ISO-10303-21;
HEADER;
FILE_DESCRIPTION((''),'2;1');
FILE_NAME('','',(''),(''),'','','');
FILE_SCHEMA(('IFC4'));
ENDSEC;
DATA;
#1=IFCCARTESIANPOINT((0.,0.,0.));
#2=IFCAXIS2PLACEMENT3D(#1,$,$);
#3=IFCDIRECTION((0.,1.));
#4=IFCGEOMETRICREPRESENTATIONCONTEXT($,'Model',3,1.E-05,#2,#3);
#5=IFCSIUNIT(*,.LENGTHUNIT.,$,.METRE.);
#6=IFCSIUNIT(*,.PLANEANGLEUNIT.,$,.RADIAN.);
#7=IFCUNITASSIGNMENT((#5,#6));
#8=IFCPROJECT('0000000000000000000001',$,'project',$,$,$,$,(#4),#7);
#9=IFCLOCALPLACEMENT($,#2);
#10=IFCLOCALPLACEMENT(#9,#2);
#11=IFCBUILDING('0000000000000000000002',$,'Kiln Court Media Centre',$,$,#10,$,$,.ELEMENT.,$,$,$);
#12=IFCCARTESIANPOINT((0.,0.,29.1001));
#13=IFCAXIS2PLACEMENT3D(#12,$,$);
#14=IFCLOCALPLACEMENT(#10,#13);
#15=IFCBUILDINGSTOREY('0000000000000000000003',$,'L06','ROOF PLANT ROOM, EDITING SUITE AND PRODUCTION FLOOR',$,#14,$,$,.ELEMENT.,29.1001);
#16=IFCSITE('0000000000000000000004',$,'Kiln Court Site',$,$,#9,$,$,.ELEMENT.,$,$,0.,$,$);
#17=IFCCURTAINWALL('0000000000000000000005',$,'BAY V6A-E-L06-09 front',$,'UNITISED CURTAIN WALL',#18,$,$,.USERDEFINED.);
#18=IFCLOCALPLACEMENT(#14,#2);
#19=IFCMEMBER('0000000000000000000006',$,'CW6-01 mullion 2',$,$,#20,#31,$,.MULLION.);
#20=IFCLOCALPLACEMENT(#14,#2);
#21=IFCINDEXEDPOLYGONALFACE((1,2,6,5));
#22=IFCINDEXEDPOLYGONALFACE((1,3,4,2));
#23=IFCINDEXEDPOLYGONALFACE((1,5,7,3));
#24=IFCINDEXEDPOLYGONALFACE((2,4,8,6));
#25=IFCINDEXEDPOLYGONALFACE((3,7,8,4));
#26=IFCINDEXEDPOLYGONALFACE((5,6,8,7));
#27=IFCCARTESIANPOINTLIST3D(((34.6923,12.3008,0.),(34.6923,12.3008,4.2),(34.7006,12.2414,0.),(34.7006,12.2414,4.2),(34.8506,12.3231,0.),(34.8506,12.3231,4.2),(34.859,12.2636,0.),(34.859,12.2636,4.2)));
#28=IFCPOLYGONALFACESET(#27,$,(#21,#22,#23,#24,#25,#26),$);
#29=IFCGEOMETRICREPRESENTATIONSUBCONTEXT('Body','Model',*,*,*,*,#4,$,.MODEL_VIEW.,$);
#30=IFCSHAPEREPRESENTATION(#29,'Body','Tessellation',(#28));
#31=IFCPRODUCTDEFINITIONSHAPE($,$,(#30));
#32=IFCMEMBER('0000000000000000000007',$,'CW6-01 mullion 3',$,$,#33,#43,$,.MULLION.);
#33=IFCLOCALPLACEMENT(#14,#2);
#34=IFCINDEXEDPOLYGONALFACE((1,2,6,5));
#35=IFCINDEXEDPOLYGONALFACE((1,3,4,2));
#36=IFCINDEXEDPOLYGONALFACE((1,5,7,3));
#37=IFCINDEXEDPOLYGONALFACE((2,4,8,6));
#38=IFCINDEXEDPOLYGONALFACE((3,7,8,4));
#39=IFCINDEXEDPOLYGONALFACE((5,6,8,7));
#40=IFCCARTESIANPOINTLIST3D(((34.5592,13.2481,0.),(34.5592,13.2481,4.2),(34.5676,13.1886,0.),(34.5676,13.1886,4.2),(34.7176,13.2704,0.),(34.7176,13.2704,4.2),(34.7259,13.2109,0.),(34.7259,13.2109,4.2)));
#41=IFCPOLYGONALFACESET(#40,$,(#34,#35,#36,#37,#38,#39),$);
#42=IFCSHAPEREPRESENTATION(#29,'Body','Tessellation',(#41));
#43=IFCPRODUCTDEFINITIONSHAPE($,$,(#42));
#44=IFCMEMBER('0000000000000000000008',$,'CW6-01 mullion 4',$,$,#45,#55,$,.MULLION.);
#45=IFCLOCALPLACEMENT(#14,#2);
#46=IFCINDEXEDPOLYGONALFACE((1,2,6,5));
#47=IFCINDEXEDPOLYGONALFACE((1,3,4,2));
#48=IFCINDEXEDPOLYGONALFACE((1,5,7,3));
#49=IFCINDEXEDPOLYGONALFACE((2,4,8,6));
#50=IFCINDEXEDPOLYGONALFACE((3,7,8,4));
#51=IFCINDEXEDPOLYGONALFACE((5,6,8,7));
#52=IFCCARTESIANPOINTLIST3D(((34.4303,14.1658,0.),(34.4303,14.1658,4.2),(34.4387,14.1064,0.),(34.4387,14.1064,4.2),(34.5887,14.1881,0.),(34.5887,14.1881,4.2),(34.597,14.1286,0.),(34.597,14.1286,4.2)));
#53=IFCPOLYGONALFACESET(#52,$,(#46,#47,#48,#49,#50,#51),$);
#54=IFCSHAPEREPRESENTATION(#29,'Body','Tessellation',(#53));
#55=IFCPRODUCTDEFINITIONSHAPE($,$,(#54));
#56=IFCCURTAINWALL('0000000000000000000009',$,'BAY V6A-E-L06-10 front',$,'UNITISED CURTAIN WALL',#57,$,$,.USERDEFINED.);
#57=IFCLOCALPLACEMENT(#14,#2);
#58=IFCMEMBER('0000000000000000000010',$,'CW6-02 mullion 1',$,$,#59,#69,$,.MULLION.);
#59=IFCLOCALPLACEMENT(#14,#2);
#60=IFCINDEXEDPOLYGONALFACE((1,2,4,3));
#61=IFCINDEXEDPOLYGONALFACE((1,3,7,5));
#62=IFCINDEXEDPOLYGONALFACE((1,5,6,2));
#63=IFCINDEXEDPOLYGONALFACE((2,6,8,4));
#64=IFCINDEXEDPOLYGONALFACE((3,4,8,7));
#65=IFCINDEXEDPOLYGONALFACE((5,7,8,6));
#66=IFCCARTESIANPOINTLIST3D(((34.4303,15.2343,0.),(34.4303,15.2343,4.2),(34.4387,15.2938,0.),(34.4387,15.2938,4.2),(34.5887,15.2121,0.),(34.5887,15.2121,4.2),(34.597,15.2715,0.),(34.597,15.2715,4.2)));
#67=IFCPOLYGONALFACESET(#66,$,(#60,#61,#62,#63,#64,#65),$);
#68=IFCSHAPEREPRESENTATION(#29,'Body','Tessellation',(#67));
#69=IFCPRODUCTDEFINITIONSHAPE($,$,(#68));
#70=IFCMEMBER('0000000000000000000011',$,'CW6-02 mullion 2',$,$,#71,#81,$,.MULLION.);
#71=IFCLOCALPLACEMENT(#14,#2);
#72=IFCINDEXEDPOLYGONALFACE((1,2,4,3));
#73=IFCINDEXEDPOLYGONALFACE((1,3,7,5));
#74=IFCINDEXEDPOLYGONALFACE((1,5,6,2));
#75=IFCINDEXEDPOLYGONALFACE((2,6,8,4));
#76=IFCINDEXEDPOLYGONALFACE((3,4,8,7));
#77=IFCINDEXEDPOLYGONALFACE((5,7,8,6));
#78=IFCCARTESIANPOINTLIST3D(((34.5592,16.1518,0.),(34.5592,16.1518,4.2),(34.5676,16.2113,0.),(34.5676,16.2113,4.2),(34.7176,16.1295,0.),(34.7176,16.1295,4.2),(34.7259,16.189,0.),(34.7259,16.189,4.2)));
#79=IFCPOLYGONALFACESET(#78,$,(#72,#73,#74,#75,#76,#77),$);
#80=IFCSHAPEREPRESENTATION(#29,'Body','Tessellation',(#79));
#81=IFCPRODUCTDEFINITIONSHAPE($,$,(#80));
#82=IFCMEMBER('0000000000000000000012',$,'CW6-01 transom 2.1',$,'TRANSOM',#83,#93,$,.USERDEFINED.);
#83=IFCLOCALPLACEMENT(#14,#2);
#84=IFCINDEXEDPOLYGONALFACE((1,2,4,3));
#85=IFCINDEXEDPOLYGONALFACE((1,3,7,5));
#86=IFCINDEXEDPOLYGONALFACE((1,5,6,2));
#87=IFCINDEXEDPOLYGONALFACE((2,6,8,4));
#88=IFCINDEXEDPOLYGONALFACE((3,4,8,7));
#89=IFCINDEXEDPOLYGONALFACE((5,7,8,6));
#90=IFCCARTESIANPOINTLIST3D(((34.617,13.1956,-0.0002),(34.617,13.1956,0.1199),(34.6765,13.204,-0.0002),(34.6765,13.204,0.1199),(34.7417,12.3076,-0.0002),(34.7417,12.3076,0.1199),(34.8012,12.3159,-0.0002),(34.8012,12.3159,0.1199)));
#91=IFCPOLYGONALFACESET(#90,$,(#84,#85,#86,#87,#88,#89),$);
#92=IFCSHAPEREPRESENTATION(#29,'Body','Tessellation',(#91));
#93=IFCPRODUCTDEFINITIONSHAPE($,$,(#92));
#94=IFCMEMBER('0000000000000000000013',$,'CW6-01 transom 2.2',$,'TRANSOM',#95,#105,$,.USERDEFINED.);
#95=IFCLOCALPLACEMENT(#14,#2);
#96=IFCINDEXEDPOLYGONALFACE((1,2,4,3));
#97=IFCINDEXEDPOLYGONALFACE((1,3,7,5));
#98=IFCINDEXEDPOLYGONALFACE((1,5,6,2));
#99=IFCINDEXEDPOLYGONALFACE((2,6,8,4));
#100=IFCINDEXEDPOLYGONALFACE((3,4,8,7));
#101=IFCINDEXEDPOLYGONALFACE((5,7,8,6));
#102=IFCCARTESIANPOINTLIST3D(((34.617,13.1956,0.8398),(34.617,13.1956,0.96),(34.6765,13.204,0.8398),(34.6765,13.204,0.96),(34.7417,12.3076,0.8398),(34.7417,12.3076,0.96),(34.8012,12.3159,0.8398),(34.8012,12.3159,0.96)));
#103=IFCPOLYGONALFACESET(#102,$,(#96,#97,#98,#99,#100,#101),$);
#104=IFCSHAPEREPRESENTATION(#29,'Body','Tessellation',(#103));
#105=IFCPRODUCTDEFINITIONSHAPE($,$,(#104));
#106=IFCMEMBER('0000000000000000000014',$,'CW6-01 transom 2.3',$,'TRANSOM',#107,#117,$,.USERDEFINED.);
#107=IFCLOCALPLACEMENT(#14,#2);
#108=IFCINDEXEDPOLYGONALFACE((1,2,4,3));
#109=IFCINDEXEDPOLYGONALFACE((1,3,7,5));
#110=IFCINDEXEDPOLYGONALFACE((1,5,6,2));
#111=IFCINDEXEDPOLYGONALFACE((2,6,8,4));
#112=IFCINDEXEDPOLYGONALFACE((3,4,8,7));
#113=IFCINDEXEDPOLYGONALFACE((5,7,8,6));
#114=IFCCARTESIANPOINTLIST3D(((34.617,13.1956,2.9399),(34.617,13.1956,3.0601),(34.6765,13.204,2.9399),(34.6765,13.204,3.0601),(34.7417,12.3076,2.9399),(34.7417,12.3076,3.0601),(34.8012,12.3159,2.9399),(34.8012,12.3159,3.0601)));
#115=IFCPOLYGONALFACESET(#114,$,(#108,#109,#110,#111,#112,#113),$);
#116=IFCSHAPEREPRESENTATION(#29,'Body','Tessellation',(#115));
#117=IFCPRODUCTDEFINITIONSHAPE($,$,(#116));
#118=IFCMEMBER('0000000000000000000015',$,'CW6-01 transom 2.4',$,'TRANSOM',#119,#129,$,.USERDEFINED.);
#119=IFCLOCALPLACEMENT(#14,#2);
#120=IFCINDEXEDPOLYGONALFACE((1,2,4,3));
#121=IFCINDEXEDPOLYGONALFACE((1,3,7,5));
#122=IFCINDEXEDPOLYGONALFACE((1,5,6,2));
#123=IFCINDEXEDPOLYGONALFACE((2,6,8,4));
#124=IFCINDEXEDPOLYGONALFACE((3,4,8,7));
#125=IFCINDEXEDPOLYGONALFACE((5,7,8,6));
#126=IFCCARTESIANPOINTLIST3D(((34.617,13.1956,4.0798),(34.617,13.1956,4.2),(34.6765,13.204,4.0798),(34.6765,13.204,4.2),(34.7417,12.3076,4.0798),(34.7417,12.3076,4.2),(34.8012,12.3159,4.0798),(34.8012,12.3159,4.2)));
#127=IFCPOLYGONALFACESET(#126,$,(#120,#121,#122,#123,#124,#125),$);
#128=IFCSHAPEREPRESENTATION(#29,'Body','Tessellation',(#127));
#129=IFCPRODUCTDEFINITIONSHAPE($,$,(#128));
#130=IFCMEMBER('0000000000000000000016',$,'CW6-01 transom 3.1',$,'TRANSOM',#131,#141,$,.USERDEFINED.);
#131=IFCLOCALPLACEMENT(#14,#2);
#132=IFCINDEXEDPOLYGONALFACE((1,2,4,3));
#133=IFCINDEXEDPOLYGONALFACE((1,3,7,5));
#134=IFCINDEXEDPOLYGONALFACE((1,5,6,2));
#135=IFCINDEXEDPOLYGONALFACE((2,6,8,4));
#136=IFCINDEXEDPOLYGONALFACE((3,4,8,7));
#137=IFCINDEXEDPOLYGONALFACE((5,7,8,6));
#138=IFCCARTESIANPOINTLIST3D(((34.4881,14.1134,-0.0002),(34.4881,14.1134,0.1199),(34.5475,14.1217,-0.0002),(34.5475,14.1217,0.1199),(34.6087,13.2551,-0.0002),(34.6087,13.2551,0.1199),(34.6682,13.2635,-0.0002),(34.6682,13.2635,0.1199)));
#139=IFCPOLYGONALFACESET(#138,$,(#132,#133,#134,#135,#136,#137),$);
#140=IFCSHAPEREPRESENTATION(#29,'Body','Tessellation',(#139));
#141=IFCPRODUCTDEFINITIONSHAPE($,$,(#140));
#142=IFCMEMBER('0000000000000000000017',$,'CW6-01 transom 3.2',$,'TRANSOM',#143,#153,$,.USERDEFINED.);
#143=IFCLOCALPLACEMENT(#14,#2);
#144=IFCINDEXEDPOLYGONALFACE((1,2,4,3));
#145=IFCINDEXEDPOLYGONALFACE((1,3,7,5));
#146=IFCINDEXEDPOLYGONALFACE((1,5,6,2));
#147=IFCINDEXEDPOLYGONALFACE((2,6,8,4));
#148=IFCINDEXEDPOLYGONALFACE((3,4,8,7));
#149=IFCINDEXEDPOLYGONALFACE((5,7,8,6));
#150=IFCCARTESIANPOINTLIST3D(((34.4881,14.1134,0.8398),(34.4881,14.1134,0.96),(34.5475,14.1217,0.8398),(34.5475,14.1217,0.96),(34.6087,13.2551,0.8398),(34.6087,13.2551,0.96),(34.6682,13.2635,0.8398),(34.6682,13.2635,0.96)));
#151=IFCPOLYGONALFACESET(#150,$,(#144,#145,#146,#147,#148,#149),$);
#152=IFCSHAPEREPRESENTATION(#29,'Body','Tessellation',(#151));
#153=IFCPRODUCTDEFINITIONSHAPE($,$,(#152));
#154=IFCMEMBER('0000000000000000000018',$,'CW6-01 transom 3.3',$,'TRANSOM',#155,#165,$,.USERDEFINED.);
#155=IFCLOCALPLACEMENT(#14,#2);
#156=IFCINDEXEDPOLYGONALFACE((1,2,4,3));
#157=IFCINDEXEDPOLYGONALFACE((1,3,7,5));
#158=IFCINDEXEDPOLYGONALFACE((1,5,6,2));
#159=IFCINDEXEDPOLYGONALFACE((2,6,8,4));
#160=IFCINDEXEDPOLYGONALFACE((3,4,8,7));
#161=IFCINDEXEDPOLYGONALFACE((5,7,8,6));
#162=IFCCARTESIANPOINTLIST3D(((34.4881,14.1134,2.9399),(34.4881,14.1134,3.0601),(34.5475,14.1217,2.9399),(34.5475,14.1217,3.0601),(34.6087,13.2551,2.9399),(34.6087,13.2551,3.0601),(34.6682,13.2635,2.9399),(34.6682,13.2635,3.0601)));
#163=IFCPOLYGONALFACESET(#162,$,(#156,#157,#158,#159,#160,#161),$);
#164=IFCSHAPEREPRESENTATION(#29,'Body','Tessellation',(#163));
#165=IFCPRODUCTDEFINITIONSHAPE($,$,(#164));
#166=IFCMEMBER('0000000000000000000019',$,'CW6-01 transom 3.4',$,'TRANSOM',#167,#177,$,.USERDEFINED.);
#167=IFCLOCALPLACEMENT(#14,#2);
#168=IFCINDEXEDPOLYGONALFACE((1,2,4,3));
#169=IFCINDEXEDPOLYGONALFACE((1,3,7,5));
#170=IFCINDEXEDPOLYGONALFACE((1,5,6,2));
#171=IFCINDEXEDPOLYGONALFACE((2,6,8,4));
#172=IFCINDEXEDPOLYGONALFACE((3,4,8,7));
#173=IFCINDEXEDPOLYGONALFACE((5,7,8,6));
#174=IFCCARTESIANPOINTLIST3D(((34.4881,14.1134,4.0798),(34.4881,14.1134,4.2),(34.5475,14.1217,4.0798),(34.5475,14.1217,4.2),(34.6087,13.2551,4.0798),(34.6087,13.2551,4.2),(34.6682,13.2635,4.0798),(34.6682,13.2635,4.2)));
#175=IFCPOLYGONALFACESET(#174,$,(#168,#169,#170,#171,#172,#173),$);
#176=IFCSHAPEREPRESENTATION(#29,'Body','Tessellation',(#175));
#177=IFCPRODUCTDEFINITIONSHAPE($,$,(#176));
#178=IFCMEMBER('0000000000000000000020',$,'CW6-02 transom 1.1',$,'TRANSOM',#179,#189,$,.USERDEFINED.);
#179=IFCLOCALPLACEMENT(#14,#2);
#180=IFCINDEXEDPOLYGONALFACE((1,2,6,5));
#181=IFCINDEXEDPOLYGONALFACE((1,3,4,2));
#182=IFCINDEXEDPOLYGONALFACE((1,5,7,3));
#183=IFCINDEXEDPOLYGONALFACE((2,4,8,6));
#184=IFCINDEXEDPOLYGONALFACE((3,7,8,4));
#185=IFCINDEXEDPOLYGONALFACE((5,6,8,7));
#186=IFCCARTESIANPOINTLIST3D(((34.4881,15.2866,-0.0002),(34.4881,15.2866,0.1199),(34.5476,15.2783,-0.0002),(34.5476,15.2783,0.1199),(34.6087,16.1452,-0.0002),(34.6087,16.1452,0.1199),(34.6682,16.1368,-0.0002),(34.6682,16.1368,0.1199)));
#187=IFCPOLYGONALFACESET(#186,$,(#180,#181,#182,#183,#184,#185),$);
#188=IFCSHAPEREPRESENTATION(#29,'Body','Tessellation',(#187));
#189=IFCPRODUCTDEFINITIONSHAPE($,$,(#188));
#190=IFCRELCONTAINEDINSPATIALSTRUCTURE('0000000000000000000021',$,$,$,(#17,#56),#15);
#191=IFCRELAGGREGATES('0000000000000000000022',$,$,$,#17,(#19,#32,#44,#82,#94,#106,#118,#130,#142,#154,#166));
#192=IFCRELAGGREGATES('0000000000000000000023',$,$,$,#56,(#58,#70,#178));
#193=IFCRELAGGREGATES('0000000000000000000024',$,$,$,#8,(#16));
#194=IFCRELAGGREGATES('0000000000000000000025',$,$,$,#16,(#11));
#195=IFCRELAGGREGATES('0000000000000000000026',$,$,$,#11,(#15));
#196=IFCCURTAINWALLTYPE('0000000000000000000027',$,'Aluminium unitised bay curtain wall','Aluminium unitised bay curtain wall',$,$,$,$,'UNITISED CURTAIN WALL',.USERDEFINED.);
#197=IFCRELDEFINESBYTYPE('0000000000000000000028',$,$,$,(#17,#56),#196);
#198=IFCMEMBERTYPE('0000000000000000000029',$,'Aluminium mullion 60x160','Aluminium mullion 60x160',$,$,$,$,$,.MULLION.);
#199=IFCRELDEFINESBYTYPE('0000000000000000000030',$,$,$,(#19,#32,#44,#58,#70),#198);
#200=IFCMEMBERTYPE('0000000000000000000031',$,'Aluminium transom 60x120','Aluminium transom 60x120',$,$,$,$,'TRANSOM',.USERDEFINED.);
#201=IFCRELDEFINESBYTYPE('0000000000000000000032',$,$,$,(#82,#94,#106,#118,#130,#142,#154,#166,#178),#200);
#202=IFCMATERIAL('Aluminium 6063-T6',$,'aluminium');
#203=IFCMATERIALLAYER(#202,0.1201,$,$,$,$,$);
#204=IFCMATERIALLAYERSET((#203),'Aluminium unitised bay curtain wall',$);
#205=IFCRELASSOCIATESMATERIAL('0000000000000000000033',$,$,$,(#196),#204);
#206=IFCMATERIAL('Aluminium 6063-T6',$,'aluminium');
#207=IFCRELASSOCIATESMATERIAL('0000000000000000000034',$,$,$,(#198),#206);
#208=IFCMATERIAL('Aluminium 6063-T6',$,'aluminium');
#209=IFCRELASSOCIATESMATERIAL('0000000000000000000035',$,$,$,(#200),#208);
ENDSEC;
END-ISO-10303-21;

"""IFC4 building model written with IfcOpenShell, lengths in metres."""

from ifc_helpers import new_model, si_unit, direction, frame, origin, origin_2d, place, context, subcontext, project, spatial, rectangle, extrude, material, layer, layer_set, material_profile, profile_set, type_object, element, aggregate, save


model = new_model("IFC4")

# Units and contexts
model_context = context("Model", 3, precision=1e-05, world=origin(), true_north=direction((0.0, 1.0)))
body_context = subcontext(model_context, "Body", "Model", "MODEL_VIEW")
ifc_project = project(units=[si_unit("LENGTHUNIT", "METRE"), si_unit("PLANEANGLEUNIT", "RADIAN")], contexts=[model_context])

# Site, building, storey
site_placement = place(None, origin())
site = spatial("IfcSite", under=ifc_project, at=site_placement, Name="Kiln Court Site", CompositionType="ELEMENT", RefElevation=0.0)
building_placement = place(site_placement, origin())
building = spatial("IfcBuilding", under=site, at=building_placement, Name="Kiln Court Media Centre", CompositionType="ELEMENT")
storey_placement = place(building_placement, frame((0.0, 0.0, 29.1001)))
storey = spatial("IfcBuildingStorey", under=building, at=storey_placement, Name="L06", Description="ROOF PLANT ROOM, EDITING SUITE AND PRODUCTION FLOOR", CompositionType="ELEMENT", Elevation=29.1001)

# Curtain walls, members
ifc_material_1 = material(Name="Aluminium 6063-T6", Category="aluminium")
ifc_layer_1 = layer(ifc_material_1, 0.1201)
ifc_layer_set_1 = layer_set([ifc_layer_1], Name="Aluminium unitised bay curtain wall")
curtain_wall_type = type_object("IfcCurtainWallType", Name="Aluminium unitised bay curtain wall", Description="Aluminium unitised bay curtain wall", ElementType="UNITISED CURTAIN WALL", PredefinedType="USERDEFINED", material=ifc_layer_set_1)
curtain_wall_1_placement = place(storey_placement, origin())
curtain_wall_1 = element("IfcCurtainWall", 1, at=curtain_wall_1_placement, inside=storey, type_object=curtain_wall_type, Name="BAY V6A-E-L06-09 front", ObjectType="UNITISED CURTAIN WALL", PredefinedType="USERDEFINED")
ifc_material_2 = material(Name="Aluminium 6063-T6", Category="aluminium")
ifc_material_profile_1 = material_profile(ifc_material_2, rectangle(XDim=0.0601, YDim=0.1599, at=origin_2d()), Name="Aluminium mullion 60x160")
ifc_profile_set_1 = profile_set([ifc_material_profile_1], Name="Aluminium 6063-T6")
member_type_1 = type_object("IfcMemberType", Name="Aluminium mullion 60x160", Description="Aluminium mullion 60x160", PredefinedType="MULLION", material=ifc_profile_set_1)
member_1_placement = place(storey_placement, frame((34.7756, 12.2822, 0.0), z_axis=(0.0, 0.0, 1.0), x_axis=(-0.139162, 0.99027, 0.0)))
member_1 = element("IfcMember", 2, at=member_1_placement, type_object=member_type_1, Name="CW6-01 mullion 2", PredefinedType="MULLION", context=body_context, shape_type="SweptSolid", body=[
    extrude(rectangle(XDim=0.0601, YDim=0.1599, at=origin_2d()), origin(), (0.0, 0.0, 1.0), 4.2),
])
member_2_placement = place(storey_placement, frame((34.6426, 13.2295, 0.0), z_axis=(0.0, 0.0, 1.0), x_axis=(-0.139162, 0.99027, 0.0)))
member_2 = element("IfcMember", 3, at=member_2_placement, type_object=member_type_1, Name="CW6-01 mullion 3", PredefinedType="MULLION", context=body_context, shape_type="SweptSolid", body=[
    extrude(rectangle(XDim=0.0601, YDim=0.1599, at=origin_2d()), origin(), (0.0, 0.0, 1.0), 4.2),
])
member_3_placement = place(storey_placement, frame((34.5137, 14.1472, 0.0), z_axis=(0.0, 0.0, 1.0), x_axis=(-0.139162, 0.99027, 0.0)))
member_3 = element("IfcMember", 4, at=member_3_placement, type_object=member_type_1, Name="CW6-01 mullion 4", PredefinedType="MULLION", context=body_context, shape_type="SweptSolid", body=[
    extrude(rectangle(XDim=0.0601, YDim=0.1599, at=origin_2d()), origin(), (0.0, 0.0, 1.0), 4.2),
])
curtain_wall_2_placement = place(storey_placement, origin())
curtain_wall_2 = element("IfcCurtainWall", 5, at=curtain_wall_2_placement, inside=storey, type_object=curtain_wall_type, Name="BAY V6A-E-L06-10 front", ObjectType="UNITISED CURTAIN WALL", PredefinedType="USERDEFINED")
member_4_placement = place(storey_placement, frame((34.5137, 15.2529, 0.0), z_axis=(0.0, 0.0, 1.0), x_axis=(0.139162, 0.99027, 0.0)))
member_4 = element("IfcMember", 6, at=member_4_placement, type_object=member_type_1, Name="CW6-02 mullion 1", PredefinedType="MULLION", context=body_context, shape_type="SweptSolid", body=[
    extrude(rectangle(XDim=0.0601, YDim=0.1599, at=origin_2d()), origin(), (0.0, 0.0, 1.0), 4.2),
])
member_5_placement = place(storey_placement, frame((34.6426, 16.1704, 0.0), z_axis=(0.0, 0.0, 1.0), x_axis=(0.139162, 0.99027, 0.0)))
member_5 = element("IfcMember", 7, at=member_5_placement, type_object=member_type_1, Name="CW6-02 mullion 2", PredefinedType="MULLION", context=body_context, shape_type="SweptSolid", body=[
    extrude(rectangle(XDim=0.0601, YDim=0.1599, at=origin_2d()), origin(), (0.0, 0.0, 1.0), 4.2),
])

# Members
ifc_material_3 = material(Name="Aluminium 6063-T6", Category="aluminium")
ifc_material_profile_2 = material_profile(ifc_material_3, rectangle(XDim=0.0601, YDim=0.1201, at=origin_2d()), Name="Aluminium transom 60x120")
ifc_profile_set_2 = profile_set([ifc_material_profile_2], Name="Aluminium 6063-T6")
member_type_2 = type_object("IfcMemberType", Name="Aluminium transom 60x120", Description="Aluminium transom 60x120", ElementType="TRANSOM", PredefinedType="USERDEFINED", material=ifc_profile_set_2)
member_6_placement = place(storey_placement, frame((34.7715, 12.3118, 0.0598), z_axis=(-0.139134, 0.990274, 0.0), x_axis=(-0.990274, -0.139134, 0.0)))
member_6 = element("IfcMember", 8, at=member_6_placement, type_object=member_type_2, Name="CW6-01 transom 2.1", ObjectType="TRANSOM", PredefinedType="USERDEFINED", context=body_context, shape_type="SweptSolid", body=[
    extrude(rectangle(XDim=0.0601, YDim=0.1201, at=origin_2d()), origin(), (0.0, 0.0, 1.0), 0.8967),
])
member_7_placement = place(storey_placement, frame((34.7715, 12.3118, 0.8999), z_axis=(-0.139134, 0.990274, 0.0), x_axis=(-0.990274, -0.139134, 0.0)))
member_7 = element("IfcMember", 9, at=member_7_placement, type_object=member_type_2, Name="CW6-01 transom 2.2", ObjectType="TRANSOM", PredefinedType="USERDEFINED", context=body_context, shape_type="SweptSolid", body=[
    extrude(rectangle(XDim=0.0601, YDim=0.1201, at=origin_2d()), origin(), (0.0, 0.0, 1.0), 0.8967),
])
member_8_placement = place(storey_placement, frame((34.7715, 12.3118, 3.0), z_axis=(-0.139134, 0.990274, 0.0), x_axis=(-0.990274, -0.139134, 0.0)))
member_8 = element("IfcMember", 10, at=member_8_placement, type_object=member_type_2, Name="CW6-01 transom 2.3", ObjectType="TRANSOM", PredefinedType="USERDEFINED", context=body_context, shape_type="SweptSolid", body=[
    extrude(rectangle(XDim=0.0601, YDim=0.1201, at=origin_2d()), origin(), (0.0, 0.0, 1.0), 0.8967),
])
member_9_placement = place(storey_placement, frame((34.7715, 12.3118, 4.1399), z_axis=(-0.139134, 0.990274, 0.0), x_axis=(-0.990274, -0.139134, 0.0)))
member_9 = element("IfcMember", 11, at=member_9_placement, type_object=member_type_2, Name="CW6-01 transom 2.4", ObjectType="TRANSOM", PredefinedType="USERDEFINED", context=body_context, shape_type="SweptSolid", body=[
    extrude(rectangle(XDim=0.0601, YDim=0.1201, at=origin_2d()), origin(), (0.0, 0.0, 1.0), 0.8967),
])
member_10_placement = place(storey_placement, frame((34.6384, 13.2593, 0.0598), z_axis=(-0.139173, 0.990268, 0.0), x_axis=(-0.990268, -0.139173, 0.0)))
member_10 = element("IfcMember", 12, at=member_10_placement, type_object=member_type_2, Name="CW6-01 transom 3.1", ObjectType="TRANSOM", PredefinedType="USERDEFINED", context=body_context, shape_type="SweptSolid", body=[
    extrude(rectangle(XDim=0.0601, YDim=0.1201, at=origin_2d()), origin(), (0.0, 0.0, 1.0), 0.8667),
])
member_11_placement = place(storey_placement, frame((34.6384, 13.2593, 0.8999), z_axis=(-0.139173, 0.990268, 0.0), x_axis=(-0.990268, -0.139173, 0.0)))
member_11 = element("IfcMember", 13, at=member_11_placement, type_object=member_type_2, Name="CW6-01 transom 3.2", ObjectType="TRANSOM", PredefinedType="USERDEFINED", context=body_context, shape_type="SweptSolid", body=[
    extrude(rectangle(XDim=0.0601, YDim=0.1201, at=origin_2d()), origin(), (0.0, 0.0, 1.0), 0.8667),
])
member_12_placement = place(storey_placement, frame((34.6384, 13.2593, 3.0), z_axis=(-0.139173, 0.990268, 0.0), x_axis=(-0.990268, -0.139173, 0.0)))
member_12 = element("IfcMember", 14, at=member_12_placement, type_object=member_type_2, Name="CW6-01 transom 3.3", ObjectType="TRANSOM", PredefinedType="USERDEFINED", context=body_context, shape_type="SweptSolid", body=[
    extrude(rectangle(XDim=0.0601, YDim=0.1201, at=origin_2d()), origin(), (0.0, 0.0, 1.0), 0.8667),
])
member_13_placement = place(storey_placement, frame((34.6384, 13.2593, 4.1399), z_axis=(-0.139173, 0.990268, 0.0), x_axis=(-0.990268, -0.139173, 0.0)))
member_13 = element("IfcMember", 15, at=member_13_placement, type_object=member_type_2, Name="CW6-01 transom 3.4", ObjectType="TRANSOM", PredefinedType="USERDEFINED", context=body_context, shape_type="SweptSolid", body=[
    extrude(rectangle(XDim=0.0601, YDim=0.1201, at=origin_2d()), origin(), (0.0, 0.0, 1.0), 0.8667),
])
member_14_placement = place(storey_placement, frame((34.5178, 15.2825, 0.0598), z_axis=(0.139134, 0.990274, 0.0), x_axis=(-0.990274, 0.139134, 0.0)))
member_14 = element("IfcMember", 16, at=member_14_placement, type_object=member_type_2, Name="CW6-02 transom 1.1", ObjectType="TRANSOM", PredefinedType="USERDEFINED", context=body_context, shape_type="SweptSolid", body=[
    extrude(rectangle(XDim=0.0601, YDim=0.1201, at=origin_2d()), origin(), (0.0, 0.0, 1.0), 0.8669),
])

aggregate(curtain_wall_1, [member_1, member_2, member_3, member_6, member_7, member_8, member_9, member_10, member_11, member_12, member_13])
aggregate(curtain_wall_2, [member_4, member_5, member_14])

save(model, "model.ifc")
